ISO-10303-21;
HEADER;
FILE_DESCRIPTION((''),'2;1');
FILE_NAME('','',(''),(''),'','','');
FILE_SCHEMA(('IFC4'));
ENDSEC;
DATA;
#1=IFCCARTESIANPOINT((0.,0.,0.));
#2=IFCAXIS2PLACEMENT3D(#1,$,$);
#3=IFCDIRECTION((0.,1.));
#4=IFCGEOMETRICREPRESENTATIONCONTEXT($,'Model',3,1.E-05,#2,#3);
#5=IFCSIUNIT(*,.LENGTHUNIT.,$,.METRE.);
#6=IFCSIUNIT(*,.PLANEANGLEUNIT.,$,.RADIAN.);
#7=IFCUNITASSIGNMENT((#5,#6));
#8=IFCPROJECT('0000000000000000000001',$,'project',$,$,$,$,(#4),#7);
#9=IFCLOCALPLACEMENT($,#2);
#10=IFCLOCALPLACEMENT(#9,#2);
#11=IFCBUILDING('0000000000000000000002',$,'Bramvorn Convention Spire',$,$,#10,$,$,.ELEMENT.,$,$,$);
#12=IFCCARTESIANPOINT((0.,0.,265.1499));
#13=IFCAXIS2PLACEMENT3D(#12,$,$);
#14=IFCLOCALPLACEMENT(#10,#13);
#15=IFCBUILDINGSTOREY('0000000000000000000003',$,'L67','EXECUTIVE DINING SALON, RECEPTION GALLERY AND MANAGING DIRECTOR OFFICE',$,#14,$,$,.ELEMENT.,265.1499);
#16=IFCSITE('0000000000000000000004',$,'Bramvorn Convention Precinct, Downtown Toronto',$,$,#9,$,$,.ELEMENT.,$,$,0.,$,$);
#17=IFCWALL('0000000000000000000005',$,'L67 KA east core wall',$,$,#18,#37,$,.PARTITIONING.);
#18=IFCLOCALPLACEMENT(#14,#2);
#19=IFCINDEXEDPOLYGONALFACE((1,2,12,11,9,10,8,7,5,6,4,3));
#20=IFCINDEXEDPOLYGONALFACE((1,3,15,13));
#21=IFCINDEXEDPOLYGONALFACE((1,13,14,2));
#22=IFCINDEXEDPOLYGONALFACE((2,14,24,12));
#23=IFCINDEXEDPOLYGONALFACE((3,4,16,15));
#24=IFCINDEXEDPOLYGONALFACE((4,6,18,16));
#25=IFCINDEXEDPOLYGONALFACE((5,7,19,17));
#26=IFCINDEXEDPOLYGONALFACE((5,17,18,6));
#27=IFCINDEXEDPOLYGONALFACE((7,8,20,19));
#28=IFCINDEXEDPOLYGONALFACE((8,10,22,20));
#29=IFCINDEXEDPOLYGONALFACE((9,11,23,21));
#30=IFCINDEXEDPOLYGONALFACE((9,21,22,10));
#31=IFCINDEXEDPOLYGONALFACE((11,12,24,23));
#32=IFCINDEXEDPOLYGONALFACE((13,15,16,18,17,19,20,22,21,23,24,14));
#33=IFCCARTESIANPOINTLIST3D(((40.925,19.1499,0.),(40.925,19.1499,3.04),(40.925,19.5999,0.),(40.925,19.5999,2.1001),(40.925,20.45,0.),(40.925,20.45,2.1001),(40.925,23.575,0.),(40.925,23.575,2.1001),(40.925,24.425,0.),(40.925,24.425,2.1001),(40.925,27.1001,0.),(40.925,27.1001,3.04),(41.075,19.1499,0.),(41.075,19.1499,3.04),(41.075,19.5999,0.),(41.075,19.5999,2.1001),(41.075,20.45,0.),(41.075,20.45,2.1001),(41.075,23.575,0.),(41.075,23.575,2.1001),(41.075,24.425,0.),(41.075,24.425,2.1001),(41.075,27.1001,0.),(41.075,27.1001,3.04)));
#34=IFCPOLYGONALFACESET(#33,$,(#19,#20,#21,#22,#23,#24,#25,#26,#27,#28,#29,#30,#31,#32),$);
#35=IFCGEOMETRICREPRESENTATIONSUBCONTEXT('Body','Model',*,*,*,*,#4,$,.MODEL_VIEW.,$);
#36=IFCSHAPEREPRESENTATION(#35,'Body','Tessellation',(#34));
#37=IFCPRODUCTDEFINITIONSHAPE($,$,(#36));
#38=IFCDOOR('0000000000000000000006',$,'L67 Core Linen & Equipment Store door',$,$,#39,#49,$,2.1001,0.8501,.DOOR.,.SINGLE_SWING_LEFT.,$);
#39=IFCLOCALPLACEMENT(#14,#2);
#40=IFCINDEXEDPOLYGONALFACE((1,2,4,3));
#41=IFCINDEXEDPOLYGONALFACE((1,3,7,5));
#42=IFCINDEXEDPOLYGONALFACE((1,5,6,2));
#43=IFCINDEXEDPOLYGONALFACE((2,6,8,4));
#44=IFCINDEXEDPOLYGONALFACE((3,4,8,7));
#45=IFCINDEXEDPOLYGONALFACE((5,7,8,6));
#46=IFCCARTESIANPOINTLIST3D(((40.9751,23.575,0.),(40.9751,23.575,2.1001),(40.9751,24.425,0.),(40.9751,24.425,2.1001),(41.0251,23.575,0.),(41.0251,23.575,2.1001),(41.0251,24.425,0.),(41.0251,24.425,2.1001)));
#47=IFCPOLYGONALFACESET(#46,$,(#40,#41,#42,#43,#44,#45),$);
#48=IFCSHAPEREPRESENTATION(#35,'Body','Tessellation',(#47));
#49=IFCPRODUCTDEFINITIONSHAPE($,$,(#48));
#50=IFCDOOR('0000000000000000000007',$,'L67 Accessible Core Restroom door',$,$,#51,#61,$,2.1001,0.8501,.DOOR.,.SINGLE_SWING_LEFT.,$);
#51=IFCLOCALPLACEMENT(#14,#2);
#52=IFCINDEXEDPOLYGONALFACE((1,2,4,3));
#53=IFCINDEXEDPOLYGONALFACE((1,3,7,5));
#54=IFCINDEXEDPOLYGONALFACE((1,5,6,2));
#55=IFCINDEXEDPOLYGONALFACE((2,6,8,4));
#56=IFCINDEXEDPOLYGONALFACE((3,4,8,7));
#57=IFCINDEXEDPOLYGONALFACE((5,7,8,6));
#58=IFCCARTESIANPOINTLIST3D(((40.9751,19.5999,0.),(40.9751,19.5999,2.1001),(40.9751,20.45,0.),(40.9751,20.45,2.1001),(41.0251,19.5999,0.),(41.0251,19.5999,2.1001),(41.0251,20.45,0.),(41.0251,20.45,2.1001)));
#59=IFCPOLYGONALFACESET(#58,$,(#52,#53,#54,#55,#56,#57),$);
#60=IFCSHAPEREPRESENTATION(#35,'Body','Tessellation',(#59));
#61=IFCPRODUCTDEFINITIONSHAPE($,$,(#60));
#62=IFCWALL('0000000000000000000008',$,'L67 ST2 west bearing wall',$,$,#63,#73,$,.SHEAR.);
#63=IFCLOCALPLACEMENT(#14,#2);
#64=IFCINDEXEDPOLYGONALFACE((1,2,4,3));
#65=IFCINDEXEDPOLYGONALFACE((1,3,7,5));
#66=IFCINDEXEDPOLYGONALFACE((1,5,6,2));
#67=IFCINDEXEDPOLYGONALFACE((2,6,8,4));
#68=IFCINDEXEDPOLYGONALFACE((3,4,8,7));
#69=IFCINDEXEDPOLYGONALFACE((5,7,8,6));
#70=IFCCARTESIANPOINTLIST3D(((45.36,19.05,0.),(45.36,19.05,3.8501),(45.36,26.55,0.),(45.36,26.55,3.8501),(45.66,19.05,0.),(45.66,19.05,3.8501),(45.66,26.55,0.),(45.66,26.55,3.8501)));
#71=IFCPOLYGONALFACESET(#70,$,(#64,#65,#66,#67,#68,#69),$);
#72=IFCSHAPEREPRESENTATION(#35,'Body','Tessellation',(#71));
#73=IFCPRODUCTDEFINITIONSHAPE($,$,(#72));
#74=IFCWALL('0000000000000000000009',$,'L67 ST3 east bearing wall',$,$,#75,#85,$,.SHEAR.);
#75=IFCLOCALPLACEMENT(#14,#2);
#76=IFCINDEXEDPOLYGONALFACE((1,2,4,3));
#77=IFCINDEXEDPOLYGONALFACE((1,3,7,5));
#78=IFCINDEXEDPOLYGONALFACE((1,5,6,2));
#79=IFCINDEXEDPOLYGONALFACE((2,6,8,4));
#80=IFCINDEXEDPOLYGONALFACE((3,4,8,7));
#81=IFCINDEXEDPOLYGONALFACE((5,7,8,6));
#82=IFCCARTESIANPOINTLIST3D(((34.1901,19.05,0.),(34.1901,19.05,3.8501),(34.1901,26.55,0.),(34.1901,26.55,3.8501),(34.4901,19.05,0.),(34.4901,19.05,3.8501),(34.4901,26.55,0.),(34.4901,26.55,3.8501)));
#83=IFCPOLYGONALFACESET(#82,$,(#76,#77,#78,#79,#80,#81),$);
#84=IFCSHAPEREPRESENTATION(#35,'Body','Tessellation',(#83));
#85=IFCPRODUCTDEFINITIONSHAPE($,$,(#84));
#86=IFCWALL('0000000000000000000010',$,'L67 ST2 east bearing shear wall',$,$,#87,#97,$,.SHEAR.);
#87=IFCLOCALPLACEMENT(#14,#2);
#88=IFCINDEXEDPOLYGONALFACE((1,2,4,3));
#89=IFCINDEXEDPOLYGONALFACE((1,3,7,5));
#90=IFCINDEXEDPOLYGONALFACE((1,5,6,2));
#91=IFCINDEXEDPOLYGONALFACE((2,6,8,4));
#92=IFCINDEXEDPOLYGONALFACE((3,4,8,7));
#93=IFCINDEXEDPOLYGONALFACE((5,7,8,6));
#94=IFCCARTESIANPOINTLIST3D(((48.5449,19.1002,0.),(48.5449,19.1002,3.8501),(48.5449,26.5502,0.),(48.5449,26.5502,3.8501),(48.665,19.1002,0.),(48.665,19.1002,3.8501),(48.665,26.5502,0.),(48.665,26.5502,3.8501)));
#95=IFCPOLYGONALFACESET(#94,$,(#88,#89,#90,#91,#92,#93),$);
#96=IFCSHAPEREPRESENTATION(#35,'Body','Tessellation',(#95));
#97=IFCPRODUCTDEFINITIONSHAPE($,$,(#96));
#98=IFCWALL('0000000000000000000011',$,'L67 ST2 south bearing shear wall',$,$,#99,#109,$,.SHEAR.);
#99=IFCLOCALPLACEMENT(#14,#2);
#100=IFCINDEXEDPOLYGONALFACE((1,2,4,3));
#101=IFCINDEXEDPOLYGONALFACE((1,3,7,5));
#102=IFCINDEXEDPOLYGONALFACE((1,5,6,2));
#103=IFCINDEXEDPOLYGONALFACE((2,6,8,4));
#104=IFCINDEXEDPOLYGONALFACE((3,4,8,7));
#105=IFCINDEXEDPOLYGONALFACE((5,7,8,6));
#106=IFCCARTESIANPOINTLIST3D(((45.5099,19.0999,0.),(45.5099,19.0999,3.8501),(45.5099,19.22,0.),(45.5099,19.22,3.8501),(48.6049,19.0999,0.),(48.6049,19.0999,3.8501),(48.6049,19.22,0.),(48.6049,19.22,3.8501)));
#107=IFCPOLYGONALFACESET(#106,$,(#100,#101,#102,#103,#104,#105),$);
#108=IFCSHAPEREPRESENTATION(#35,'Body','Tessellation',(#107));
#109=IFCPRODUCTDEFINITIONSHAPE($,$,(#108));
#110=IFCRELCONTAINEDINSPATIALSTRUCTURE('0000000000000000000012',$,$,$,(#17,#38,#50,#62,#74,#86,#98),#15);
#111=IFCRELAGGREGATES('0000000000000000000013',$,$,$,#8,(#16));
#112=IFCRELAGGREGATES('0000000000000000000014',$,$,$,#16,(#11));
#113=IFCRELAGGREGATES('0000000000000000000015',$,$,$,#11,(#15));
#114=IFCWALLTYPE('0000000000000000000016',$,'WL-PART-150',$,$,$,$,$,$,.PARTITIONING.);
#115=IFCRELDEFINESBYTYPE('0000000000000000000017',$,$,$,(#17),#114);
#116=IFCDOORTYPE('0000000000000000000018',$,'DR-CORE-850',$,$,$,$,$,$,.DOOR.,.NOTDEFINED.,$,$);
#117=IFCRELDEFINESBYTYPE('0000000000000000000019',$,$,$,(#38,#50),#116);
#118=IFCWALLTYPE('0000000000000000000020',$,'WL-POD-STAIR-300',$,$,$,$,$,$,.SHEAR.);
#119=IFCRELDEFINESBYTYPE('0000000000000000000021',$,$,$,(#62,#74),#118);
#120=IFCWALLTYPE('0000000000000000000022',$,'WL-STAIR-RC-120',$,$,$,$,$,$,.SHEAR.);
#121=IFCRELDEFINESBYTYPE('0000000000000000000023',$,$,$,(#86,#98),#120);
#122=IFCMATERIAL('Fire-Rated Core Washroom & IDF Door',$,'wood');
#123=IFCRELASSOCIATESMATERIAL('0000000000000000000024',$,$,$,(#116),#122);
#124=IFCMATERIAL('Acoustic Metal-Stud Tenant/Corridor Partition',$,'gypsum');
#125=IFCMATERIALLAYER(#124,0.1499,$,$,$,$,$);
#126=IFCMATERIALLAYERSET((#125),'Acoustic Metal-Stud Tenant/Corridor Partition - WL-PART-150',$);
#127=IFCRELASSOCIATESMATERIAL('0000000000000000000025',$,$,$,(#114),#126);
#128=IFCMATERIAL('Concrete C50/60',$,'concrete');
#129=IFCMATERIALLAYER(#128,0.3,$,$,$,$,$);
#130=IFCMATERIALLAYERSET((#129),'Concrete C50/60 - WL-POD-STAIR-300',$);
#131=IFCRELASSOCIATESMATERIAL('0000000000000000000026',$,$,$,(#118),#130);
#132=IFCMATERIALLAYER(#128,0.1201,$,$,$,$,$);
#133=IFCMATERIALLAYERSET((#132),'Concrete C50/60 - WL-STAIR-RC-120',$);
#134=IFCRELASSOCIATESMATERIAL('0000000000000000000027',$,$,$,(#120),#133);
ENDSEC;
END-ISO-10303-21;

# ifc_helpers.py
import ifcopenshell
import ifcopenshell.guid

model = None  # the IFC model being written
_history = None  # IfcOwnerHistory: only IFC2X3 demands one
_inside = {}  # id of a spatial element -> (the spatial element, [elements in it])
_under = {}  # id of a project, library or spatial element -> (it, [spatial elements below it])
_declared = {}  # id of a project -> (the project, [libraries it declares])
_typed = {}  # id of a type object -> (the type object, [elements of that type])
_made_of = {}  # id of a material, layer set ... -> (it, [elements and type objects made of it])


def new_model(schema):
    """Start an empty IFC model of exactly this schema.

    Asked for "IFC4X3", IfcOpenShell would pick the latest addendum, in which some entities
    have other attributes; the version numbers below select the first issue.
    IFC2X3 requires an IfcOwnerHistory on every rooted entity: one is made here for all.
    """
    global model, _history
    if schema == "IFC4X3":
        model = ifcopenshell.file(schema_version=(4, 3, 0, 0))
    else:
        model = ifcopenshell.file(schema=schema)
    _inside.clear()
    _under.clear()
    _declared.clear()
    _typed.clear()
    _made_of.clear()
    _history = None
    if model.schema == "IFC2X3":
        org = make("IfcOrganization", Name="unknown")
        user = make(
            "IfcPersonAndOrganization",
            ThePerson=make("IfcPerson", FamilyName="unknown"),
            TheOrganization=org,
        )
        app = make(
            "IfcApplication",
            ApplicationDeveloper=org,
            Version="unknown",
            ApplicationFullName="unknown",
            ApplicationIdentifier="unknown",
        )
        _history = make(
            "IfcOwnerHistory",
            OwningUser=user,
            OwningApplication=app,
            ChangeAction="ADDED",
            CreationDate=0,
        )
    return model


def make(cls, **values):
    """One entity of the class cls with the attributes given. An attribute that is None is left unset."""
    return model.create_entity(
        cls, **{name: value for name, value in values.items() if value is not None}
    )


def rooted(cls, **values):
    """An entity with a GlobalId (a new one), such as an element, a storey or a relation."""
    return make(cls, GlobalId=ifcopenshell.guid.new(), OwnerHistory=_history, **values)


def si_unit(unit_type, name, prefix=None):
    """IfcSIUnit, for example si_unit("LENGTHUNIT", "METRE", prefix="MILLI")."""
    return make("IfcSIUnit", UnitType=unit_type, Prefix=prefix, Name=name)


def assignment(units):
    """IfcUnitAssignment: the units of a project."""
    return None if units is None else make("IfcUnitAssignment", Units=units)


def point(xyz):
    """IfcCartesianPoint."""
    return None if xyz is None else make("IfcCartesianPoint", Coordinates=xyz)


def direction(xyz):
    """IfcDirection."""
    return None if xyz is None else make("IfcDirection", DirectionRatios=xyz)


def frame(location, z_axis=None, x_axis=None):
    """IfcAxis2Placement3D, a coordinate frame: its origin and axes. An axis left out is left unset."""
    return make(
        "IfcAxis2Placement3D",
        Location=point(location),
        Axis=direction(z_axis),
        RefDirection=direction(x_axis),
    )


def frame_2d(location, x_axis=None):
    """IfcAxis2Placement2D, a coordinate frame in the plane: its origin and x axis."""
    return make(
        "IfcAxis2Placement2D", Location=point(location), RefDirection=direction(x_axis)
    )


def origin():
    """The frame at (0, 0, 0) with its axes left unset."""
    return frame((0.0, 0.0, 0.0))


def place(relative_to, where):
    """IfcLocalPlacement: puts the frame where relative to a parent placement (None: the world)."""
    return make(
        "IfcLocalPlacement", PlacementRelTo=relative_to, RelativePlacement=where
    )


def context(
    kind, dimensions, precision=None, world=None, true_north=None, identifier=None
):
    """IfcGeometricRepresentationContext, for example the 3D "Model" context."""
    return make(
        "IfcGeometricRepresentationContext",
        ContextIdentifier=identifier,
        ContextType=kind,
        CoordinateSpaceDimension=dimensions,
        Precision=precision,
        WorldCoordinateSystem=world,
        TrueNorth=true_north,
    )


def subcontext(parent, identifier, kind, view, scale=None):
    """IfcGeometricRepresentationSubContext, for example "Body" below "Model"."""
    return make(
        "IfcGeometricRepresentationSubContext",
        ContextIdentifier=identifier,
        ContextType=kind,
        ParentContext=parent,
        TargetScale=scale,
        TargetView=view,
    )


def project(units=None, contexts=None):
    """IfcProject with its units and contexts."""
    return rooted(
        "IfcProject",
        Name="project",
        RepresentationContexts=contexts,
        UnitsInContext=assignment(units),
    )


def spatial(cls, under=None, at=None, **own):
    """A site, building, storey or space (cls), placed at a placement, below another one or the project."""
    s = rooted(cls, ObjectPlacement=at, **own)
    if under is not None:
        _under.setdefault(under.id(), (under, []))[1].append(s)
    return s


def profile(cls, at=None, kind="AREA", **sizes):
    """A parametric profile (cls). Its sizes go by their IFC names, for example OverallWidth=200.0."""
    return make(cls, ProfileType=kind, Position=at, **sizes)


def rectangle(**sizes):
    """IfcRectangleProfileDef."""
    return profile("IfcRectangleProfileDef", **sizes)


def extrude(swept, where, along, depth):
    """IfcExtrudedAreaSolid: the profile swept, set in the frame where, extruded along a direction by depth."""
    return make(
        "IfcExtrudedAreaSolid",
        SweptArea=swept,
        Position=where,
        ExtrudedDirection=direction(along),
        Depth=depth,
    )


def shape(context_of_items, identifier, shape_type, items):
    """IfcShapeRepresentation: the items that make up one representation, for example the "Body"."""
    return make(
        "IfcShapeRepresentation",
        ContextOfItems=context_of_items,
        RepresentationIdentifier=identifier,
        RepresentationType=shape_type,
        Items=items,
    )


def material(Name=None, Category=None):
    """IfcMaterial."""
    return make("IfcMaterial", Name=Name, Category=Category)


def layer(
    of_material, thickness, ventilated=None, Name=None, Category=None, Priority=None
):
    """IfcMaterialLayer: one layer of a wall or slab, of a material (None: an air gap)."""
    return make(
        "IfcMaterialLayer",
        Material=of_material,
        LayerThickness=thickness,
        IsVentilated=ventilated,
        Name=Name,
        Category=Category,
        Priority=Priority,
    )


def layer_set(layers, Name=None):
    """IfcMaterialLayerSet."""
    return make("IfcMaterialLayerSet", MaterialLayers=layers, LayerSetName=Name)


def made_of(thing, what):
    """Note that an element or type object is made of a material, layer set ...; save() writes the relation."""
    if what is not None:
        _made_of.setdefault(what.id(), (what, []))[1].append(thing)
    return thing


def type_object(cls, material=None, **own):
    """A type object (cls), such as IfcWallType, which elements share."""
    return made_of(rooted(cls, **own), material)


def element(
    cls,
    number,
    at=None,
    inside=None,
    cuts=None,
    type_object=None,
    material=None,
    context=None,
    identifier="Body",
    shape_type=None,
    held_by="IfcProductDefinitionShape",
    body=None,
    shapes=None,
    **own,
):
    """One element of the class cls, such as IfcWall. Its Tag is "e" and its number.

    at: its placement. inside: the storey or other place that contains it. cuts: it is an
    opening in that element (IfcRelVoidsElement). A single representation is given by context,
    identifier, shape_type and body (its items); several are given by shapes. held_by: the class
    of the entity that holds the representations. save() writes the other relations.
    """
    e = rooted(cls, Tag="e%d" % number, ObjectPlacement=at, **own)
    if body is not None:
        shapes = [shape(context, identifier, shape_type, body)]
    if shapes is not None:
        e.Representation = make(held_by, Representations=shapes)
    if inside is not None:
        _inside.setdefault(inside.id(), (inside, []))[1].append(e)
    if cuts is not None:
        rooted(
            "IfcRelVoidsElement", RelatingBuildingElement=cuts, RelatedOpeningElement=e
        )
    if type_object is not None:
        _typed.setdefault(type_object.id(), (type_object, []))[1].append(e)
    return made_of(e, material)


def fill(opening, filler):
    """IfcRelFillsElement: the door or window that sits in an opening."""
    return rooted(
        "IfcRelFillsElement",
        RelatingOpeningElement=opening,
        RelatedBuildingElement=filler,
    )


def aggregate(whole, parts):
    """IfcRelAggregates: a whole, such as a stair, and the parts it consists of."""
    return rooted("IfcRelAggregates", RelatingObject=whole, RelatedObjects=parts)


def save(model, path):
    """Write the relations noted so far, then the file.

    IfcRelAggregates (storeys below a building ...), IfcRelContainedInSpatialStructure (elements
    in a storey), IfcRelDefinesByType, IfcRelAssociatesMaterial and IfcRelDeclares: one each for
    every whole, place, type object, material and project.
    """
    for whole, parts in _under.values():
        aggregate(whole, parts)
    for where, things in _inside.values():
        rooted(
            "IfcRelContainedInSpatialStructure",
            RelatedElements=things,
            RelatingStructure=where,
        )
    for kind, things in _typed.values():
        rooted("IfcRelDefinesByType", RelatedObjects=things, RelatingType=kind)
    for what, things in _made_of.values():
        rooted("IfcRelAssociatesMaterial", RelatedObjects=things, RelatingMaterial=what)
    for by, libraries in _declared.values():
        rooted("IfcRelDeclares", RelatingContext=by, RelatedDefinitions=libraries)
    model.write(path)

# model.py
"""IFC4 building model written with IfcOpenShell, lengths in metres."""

from ifc_helpers import new_model, si_unit, direction, frame, frame_2d, origin, place, context, subcontext, project, spatial, rectangle, extrude, material, layer, layer_set, type_object, element, fill, save


model = new_model("IFC4")

# Units and contexts
model_context = context("Model", 3, precision=1e-05, world=origin(), true_north=direction((0.0, 1.0)))
body_context = subcontext(model_context, "Body", "Model", "MODEL_VIEW")
ifc_project = project(units=[si_unit("LENGTHUNIT", "METRE"), si_unit("PLANEANGLEUNIT", "RADIAN")], contexts=[model_context])

# Site, building, storey
site_placement = place(None, origin())
site = spatial("IfcSite", under=ifc_project, at=site_placement, Name="Bramvorn Convention Precinct, Downtown Toronto", CompositionType="ELEMENT", RefElevation=0.0)
building_placement = place(site_placement, origin())
building = spatial("IfcBuilding", under=site, at=building_placement, Name="Bramvorn Convention Spire", CompositionType="ELEMENT")
storey_placement = place(building_placement, frame((0.0, 0.0, 265.1499)))
storey = spatial("IfcBuildingStorey", under=building, at=storey_placement, Name="L67", Description="EXECUTIVE DINING SALON, RECEPTION GALLERY AND MANAGING DIRECTOR OFFICE", CompositionType="ELEMENT", Elevation=265.1499)

# Shared definitions
ifc_material_1 = material(Name="Concrete C50/60", Category="concrete")

# Shared definitions
ifc_material_2 = material(Name="Fire-Rated Core Washroom & IDF Door", Category="wood")
door_type_1 = type_object("IfcDoorType", Name="DR-CORE-850", OperationType="NOTDEFINED", PredefinedType="DOOR", material=ifc_material_2)

# Wall, openings, doors
ifc_material_3 = material(Name="Acoustic Metal-Stud Tenant/Corridor Partition", Category="gypsum")
ifc_layer_1 = layer(ifc_material_3, 0.1499)
ifc_layer_set_1 = layer_set([ifc_layer_1], Name="Acoustic Metal-Stud Tenant/Corridor Partition - WL-PART-150")
wall_type_1 = type_object("IfcWallType", Name="WL-PART-150", PredefinedType="PARTITIONING", material=ifc_layer_set_1)
wall_1_placement = place(storey_placement, frame((41.0, 19.1499, 0.0), z_axis=(0.0, 0.0, 1.0), x_axis=(0.0, 1.0, 0.0)))
wall_1 = element("IfcWall", 1, at=wall_1_placement, inside=storey, type_object=wall_type_1, Name="L67 KA east core wall", PredefinedType="PARTITIONING", context=body_context, shape_type="SweptSolid", body=[
    extrude(rectangle(XDim=7.9502, YDim=0.1499, at=frame_2d((3.9751, 0.0))), origin(), (0.0, 0.0, 1.0), 3.04),
])
opening_1_placement = place(wall_1_placement, frame((4.425, 0.0, 0.0)))
opening_1 = element("IfcOpeningElement", 2, at=opening_1_placement, cuts=wall_1, PredefinedType="OPENING", context=body_context, shape_type="SweptSolid", body=[
    extrude(rectangle(XDim=0.8501, YDim=2.1001, at=frame_2d((0.425, 1.05))), frame((0.0, 0.085, 0.0), z_axis=(0.0, -1.0, 0.0), x_axis=(1.0, 0.0, 0.0)), (0.0, 0.0, 1.0), 0.1699),
])
opening_2_placement = place(wall_1_placement, frame((0.45, 0.0, 0.0)))
opening_2 = element("IfcOpeningElement", 3, at=opening_2_placement, cuts=wall_1, PredefinedType="OPENING", context=body_context, shape_type="SweptSolid", body=[
    extrude(rectangle(XDim=0.8501, YDim=2.1001, at=frame_2d((0.425, 1.05))), frame((0.0, 0.085, 0.0), z_axis=(0.0, -1.0, 0.0), x_axis=(1.0, 0.0, 0.0)), (0.0, 0.0, 1.0), 0.1699),
])
door_1_placement = place(opening_1_placement, origin())
door_1 = element("IfcDoor", 4, at=door_1_placement, inside=storey, type_object=door_type_1, Name="L67 Core Linen & Equipment Store door", OperationType="SINGLE_SWING_LEFT", OverallHeight=2.1001, OverallWidth=0.8501, PredefinedType="DOOR", context=body_context, shape_type="SweptSolid", body=[
    extrude(rectangle(XDim=0.8501, YDim=2.1001, at=frame_2d((0.425, 1.05))), frame((0.0, 0.0249, 0.0), z_axis=(0.0, -1.0, 0.0), x_axis=(1.0, 0.0, 0.0)), (0.0, 0.0, 1.0), 0.05),
])
fill(opening_1, door_1)
door_2_placement = place(opening_2_placement, origin())
door_2 = element("IfcDoor", 5, at=door_2_placement, inside=storey, type_object=door_type_1, Name="L67 Accessible Core Restroom door", OperationType="SINGLE_SWING_LEFT", OverallHeight=2.1001, OverallWidth=0.8501, PredefinedType="DOOR", context=body_context, shape_type="SweptSolid", body=[
    extrude(rectangle(XDim=0.8501, YDim=2.1001, at=frame_2d((0.425, 1.05))), frame((0.0, 0.0249, 0.0), z_axis=(0.0, -1.0, 0.0), x_axis=(1.0, 0.0, 0.0)), (0.0, 0.0, 1.0), 0.05),
])
fill(opening_2, door_2)

# Walls
ifc_layer_2 = layer(ifc_material_1, 0.3)
ifc_layer_set_2 = layer_set([ifc_layer_2], Name="Concrete C50/60 - WL-POD-STAIR-300")
wall_type_2 = type_object("IfcWallType", Name="WL-POD-STAIR-300", PredefinedType="SHEAR", material=ifc_layer_set_2)
for number, where, z_axis, x_axis, name in (
    (6, (45.51, 19.05, 0.0), (0.0, 0.0, 1.0), (0.0, 1.0, 0.0), "L67 ST2 west bearing wall"),
    (7, (34.3401, 19.05, 0.0), (0.0, 0.0, 1.0), (0.0, 1.0, 0.0), "L67 ST3 east bearing wall"),
):
    element("IfcWall", number, at=place(storey_placement, frame(where, z_axis=z_axis, x_axis=x_axis)), inside=storey, type_object=wall_type_2, Name=name, PredefinedType="SHEAR", context=body_context, shape_type="SweptSolid", body=[
        extrude(rectangle(XDim=7.5, YDim=0.3, at=frame_2d((3.75, 0.0))), origin(), (0.0, 0.0, 1.0), 3.8501),
    ])
ifc_layer_3 = layer(ifc_material_1, 0.1201)
ifc_layer_set_3 = layer_set([ifc_layer_3], Name="Concrete C50/60 - WL-STAIR-RC-120")
wall_type_3 = type_object("IfcWallType", Name="WL-STAIR-RC-120", PredefinedType="SHEAR", material=ifc_layer_set_3)
wall_2_placement = place(storey_placement, frame((48.605, 19.1001, 0.0), z_axis=(0.0, 0.0, 1.0), x_axis=(0.0, 1.0, 0.0)))
element("IfcWall", 8, at=wall_2_placement, inside=storey, type_object=wall_type_3, Name="L67 ST2 east bearing shear wall", PredefinedType="SHEAR", context=body_context, shape_type="SweptSolid", body=[
    extrude(rectangle(XDim=7.45, YDim=0.1201, at=frame_2d((3.7251, 0.0))), origin(), (0.0, 0.0, 1.0), 3.8501),
])
wall_3_placement = place(storey_placement, frame((45.51, 19.1599, 0.0), z_axis=(0.0, 0.0, 1.0), x_axis=(1.0, 0.0, 0.0)))
element("IfcWall", 9, at=wall_3_placement, inside=storey, type_object=wall_type_3, Name="L67 ST2 south bearing shear wall", PredefinedType="SHEAR", context=body_context, shape_type="SweptSolid", body=[
    extrude(rectangle(XDim=3.095, YDim=0.1201, at=frame_2d((1.5474, 0.0))), origin(), (0.0, 0.0, 1.0), 3.8501),
])

save(model, "model.ifc")
